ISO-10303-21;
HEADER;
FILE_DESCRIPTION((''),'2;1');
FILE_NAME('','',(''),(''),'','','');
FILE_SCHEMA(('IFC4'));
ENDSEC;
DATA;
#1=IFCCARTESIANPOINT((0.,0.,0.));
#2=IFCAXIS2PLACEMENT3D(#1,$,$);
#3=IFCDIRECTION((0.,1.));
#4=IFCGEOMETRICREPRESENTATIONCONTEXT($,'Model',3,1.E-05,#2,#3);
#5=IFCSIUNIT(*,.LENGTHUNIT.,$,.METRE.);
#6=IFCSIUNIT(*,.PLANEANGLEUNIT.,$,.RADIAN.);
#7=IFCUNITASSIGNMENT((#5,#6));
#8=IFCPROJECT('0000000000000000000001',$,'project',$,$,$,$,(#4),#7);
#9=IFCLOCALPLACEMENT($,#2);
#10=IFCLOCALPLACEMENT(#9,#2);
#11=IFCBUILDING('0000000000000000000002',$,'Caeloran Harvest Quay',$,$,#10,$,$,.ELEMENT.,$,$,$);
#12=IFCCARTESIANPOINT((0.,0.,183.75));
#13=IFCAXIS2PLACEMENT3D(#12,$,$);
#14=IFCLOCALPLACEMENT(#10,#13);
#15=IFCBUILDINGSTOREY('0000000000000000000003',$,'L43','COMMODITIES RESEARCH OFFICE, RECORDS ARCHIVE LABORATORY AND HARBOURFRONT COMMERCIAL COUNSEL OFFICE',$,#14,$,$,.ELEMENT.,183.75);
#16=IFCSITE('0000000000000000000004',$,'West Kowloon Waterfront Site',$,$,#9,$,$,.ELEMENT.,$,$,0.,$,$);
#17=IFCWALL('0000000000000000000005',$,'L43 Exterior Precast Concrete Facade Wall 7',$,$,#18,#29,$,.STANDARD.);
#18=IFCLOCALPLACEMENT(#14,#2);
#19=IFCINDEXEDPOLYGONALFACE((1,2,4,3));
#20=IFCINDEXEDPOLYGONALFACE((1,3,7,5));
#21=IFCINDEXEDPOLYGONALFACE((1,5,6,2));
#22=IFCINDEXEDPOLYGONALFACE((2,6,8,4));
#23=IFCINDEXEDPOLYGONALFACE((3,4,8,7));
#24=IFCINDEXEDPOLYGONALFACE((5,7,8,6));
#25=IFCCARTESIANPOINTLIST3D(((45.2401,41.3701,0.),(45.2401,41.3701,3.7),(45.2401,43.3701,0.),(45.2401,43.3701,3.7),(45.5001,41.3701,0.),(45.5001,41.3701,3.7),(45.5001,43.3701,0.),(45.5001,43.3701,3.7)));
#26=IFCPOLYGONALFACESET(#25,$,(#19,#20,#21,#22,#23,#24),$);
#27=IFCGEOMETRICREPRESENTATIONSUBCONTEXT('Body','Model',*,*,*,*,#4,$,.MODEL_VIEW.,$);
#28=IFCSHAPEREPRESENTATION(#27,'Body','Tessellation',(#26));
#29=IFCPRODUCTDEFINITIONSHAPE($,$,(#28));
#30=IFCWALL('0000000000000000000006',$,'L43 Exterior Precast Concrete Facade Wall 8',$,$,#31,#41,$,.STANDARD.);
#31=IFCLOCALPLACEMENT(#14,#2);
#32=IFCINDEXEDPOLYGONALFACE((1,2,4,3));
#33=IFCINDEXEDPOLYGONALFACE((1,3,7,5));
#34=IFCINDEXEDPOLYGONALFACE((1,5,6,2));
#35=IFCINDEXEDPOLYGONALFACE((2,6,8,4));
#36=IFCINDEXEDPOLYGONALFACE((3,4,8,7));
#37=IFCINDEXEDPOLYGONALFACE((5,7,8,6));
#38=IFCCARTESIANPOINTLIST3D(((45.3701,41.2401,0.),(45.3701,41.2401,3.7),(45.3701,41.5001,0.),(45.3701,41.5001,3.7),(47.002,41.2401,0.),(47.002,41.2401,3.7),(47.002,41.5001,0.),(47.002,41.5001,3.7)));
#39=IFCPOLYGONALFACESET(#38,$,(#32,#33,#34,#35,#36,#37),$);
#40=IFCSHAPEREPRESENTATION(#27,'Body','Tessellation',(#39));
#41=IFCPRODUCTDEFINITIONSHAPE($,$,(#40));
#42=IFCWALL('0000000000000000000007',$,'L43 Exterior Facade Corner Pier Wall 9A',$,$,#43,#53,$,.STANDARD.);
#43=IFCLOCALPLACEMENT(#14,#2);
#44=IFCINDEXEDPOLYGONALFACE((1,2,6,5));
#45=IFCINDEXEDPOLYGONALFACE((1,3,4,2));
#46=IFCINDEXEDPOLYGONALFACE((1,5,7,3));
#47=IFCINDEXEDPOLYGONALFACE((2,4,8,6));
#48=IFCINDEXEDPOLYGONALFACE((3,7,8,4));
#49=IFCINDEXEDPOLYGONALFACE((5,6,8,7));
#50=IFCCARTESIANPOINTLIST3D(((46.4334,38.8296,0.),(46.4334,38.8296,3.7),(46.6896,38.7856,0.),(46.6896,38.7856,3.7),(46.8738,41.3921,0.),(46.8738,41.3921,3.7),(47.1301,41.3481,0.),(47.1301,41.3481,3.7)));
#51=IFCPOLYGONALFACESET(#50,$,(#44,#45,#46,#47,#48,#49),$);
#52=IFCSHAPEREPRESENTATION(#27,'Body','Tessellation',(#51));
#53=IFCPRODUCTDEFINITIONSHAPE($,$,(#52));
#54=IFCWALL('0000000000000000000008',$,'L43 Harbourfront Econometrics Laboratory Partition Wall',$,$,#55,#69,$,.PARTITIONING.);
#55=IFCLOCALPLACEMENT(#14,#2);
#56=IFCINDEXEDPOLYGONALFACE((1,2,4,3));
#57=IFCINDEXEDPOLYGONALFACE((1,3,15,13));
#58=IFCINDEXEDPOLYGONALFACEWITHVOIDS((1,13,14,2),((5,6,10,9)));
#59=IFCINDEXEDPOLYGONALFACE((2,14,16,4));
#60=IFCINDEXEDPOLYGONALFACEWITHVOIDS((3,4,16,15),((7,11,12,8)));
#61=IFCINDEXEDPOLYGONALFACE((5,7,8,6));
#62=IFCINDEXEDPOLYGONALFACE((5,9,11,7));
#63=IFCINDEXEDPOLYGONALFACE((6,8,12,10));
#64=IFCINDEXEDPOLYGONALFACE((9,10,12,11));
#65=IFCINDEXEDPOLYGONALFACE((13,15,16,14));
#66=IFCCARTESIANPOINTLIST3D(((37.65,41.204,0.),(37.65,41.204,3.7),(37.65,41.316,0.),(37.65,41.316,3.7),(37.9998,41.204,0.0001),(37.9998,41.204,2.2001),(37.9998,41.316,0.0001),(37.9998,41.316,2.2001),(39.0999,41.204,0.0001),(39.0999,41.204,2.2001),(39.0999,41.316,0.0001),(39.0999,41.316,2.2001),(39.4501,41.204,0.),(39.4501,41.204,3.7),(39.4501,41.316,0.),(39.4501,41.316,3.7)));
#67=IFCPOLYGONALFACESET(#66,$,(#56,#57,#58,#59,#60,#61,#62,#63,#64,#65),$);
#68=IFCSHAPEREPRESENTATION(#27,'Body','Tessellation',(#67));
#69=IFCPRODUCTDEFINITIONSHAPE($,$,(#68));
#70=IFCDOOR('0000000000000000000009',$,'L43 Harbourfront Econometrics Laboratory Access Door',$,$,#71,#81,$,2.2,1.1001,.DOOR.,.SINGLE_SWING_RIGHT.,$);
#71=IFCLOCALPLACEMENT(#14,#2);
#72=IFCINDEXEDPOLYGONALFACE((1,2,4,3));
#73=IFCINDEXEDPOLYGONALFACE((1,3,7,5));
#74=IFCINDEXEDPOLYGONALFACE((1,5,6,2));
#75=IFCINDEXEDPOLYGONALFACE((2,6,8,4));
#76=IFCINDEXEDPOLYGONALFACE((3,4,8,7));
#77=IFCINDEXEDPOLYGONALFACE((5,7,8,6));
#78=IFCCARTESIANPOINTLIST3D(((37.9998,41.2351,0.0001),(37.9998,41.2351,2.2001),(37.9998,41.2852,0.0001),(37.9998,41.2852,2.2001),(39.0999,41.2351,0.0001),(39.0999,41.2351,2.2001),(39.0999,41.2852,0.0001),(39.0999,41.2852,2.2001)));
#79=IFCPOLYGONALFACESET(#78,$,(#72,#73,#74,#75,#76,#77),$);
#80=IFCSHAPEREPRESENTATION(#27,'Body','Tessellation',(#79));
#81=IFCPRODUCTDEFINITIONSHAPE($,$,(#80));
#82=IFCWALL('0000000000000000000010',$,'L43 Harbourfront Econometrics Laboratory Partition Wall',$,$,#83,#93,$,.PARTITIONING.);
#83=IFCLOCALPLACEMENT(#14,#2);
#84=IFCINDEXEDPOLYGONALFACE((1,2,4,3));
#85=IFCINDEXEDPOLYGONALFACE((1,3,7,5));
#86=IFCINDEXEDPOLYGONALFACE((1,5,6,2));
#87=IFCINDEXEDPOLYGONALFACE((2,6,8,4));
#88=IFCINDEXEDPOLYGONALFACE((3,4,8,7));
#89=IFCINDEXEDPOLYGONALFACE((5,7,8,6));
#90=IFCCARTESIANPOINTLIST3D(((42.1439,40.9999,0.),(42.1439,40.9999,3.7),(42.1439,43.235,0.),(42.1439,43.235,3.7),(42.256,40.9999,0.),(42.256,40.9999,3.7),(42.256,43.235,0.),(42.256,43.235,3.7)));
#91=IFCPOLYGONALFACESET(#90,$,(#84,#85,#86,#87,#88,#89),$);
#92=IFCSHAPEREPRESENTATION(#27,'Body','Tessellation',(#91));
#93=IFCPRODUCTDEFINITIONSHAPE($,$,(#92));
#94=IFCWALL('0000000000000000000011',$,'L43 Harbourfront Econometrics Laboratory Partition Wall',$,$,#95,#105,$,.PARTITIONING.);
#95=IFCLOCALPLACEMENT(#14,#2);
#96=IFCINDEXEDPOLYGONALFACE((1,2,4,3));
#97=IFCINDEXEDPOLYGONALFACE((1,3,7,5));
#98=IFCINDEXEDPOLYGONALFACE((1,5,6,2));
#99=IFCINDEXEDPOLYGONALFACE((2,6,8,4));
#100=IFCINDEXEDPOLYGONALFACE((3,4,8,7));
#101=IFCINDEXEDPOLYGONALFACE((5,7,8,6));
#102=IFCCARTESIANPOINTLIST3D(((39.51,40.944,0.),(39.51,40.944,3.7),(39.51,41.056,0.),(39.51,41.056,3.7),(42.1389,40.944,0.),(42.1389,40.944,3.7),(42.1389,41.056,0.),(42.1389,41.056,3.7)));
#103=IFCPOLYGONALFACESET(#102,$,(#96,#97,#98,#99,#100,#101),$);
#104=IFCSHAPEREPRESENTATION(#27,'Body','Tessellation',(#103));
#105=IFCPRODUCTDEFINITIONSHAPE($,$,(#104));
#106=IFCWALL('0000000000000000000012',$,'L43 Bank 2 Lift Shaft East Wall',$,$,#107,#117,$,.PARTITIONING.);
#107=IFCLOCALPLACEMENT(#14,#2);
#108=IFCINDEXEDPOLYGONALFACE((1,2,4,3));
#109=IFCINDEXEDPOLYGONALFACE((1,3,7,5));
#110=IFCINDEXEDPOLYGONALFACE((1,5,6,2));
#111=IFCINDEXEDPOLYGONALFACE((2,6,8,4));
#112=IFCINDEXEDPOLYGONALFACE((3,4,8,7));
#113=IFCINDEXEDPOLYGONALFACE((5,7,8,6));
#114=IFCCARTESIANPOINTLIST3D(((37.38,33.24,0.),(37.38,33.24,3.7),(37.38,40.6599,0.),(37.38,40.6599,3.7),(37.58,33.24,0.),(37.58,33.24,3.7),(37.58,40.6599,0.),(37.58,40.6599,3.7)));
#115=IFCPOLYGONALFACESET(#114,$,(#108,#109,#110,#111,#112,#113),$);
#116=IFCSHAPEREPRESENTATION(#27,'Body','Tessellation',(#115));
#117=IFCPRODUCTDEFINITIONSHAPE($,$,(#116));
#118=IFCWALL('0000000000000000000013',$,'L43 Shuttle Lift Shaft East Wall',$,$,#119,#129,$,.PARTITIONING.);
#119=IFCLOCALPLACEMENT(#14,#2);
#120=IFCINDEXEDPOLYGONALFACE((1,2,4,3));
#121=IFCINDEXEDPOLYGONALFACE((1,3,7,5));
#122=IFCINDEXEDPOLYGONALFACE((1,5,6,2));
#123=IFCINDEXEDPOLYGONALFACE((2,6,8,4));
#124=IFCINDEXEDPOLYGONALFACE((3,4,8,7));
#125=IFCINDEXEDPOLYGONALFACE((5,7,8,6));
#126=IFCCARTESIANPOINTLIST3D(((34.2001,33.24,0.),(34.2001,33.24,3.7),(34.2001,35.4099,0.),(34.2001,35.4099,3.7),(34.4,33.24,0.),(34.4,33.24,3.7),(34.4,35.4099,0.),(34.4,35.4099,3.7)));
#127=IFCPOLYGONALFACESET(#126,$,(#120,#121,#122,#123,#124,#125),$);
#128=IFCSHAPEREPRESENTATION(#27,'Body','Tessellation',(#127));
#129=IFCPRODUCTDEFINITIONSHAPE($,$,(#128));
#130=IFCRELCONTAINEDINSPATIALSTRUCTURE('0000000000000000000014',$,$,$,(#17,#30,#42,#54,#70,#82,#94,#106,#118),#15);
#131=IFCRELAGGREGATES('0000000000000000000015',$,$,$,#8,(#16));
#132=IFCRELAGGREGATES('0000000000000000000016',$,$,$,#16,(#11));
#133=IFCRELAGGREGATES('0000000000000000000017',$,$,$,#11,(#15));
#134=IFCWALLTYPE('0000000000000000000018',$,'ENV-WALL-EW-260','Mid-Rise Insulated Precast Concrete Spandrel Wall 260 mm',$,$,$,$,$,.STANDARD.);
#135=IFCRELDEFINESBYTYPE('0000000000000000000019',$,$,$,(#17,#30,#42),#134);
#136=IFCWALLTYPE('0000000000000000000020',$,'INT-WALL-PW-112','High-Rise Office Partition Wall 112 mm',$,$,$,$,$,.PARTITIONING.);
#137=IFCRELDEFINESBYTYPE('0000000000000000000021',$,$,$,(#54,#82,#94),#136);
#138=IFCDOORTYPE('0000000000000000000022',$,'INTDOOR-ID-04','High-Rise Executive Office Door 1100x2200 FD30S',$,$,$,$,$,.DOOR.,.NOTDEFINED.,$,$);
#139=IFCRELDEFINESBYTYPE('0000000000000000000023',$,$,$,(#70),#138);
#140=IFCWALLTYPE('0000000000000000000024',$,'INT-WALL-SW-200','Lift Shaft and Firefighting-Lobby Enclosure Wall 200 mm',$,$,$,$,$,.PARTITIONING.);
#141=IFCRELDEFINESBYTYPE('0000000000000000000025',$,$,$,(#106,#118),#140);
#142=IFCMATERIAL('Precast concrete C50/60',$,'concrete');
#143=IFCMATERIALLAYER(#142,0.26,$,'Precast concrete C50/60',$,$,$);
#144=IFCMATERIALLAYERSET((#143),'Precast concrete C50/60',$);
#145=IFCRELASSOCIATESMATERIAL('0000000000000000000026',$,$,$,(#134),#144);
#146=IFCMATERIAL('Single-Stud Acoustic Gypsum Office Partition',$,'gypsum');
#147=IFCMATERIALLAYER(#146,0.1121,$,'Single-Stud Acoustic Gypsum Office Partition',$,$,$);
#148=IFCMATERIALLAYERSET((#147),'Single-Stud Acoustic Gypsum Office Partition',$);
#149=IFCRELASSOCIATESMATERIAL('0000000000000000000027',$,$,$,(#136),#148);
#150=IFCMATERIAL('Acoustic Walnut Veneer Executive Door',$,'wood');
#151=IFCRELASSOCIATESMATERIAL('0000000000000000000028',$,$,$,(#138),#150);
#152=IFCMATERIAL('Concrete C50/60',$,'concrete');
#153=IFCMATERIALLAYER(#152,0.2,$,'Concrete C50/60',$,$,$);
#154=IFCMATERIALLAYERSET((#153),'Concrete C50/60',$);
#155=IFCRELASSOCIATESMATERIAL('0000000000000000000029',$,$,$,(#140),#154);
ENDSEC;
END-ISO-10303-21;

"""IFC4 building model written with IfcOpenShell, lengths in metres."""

from ifc_helpers import new_model, si_unit, direction, frame, frame_2d, origin, place, context, subcontext, project, spatial, rectangle, extrude, material, layer, layer_set, type_object, element, fill, save


model = new_model("IFC4")

# Units and contexts
model_context = context("Model", 3, precision=1e-05, world=origin(), true_north=direction((0.0, 1.0)))
body_context = subcontext(model_context, "Body", "Model", "MODEL_VIEW")
ifc_project = project(units=[si_unit("LENGTHUNIT", "METRE"), si_unit("PLANEANGLEUNIT", "RADIAN")], contexts=[model_context])

# Site, building, storey
site_placement = place(None, origin())
site = spatial("IfcSite", under=ifc_project, at=site_placement, Name="West Kowloon Waterfront Site", CompositionType="ELEMENT", RefElevation=0.0)
building_placement = place(site_placement, origin())
building = spatial("IfcBuilding", under=site, at=building_placement, Name="Caeloran Harvest Quay", CompositionType="ELEMENT")
storey_placement = place(building_placement, frame((0.0, 0.0, 183.75)))
storey = spatial("IfcBuildingStorey", under=building, at=storey_placement, Name="L43", Description="COMMODITIES RESEARCH OFFICE, RECORDS ARCHIVE LABORATORY AND HARBOURFRONT COMMERCIAL COUNSEL OFFICE", CompositionType="ELEMENT", Elevation=183.75)

# Walls
ifc_material_1 = material(Name="Precast concrete C50/60", Category="concrete")
ifc_layer_1 = layer(ifc_material_1, 0.26, Name="Precast concrete C50/60")
ifc_layer_set_1 = layer_set([ifc_layer_1], Name="Precast concrete C50/60")
wall_type_1 = type_object("IfcWallType", Name="ENV-WALL-EW-260", Description="Mid-Rise Insulated Precast Concrete Spandrel Wall 260 mm", PredefinedType="STANDARD", material=ifc_layer_set_1)
wall_1_placement = place(storey_placement, frame((45.3701, 43.3701, 0.0), z_axis=(0.0, 0.0, 1.0), x_axis=(0.0, -1.0, 0.0)))
element("IfcWall", 1, at=wall_1_placement, inside=storey, type_object=wall_type_1, Name="L43 Exterior Precast Concrete Facade Wall 7", PredefinedType="STANDARD", context=body_context, shape_type="SweptSolid", body=[
    extrude(rectangle(XDim=2.0, YDim=0.26, at=frame_2d((1.0, 0.0))), origin(), (0.0, 0.0, 1.0), 3.7),
])
wall_2_placement = place(storey_placement, frame((45.3701, 41.3701, 0.0), z_axis=(0.0, 0.0, 1.0), x_axis=(1.0, 0.0, 0.0)))
element("IfcWall", 2, at=wall_2_placement, inside=storey, type_object=wall_type_1, Name="L43 Exterior Precast Concrete Facade Wall 8", PredefinedType="STANDARD", context=body_context, shape_type="SweptSolid", body=[
    extrude(rectangle(XDim=1.6318, YDim=0.26, at=frame_2d((0.8159, 0.0))), origin(), (0.0, 0.0, 1.0), 3.7),
])
wall_3_placement = place(storey_placement, frame((47.002, 41.3701, 0.0), z_axis=(0.0, 0.0, 1.0), x_axis=(-0.169391, -0.985549, 0.0)))
element("IfcWall", 3, at=wall_3_placement, inside=storey, type_object=wall_type_1, Name="L43 Exterior Facade Corner Pier Wall 9A", PredefinedType="STANDARD", context=body_context, shape_type="SweptSolid", body=[
    extrude(rectangle(XDim=2.6001, YDim=0.26, at=frame_2d((1.3, 0.0))), origin(), (0.0, 0.0, 1.0), 3.7),
])

# Wall, opening, door
ifc_material_2 = material(Name="Single-Stud Acoustic Gypsum Office Partition", Category="gypsum")
ifc_layer_2 = layer(ifc_material_2, 0.1121, Name="Single-Stud Acoustic Gypsum Office Partition")
ifc_layer_set_2 = layer_set([ifc_layer_2], Name="Single-Stud Acoustic Gypsum Office Partition")
wall_type_2 = type_object("IfcWallType", Name="INT-WALL-PW-112", Description="High-Rise Office Partition Wall 112 mm", PredefinedType="PARTITIONING", material=ifc_layer_set_2)
wall_4_placement = place(storey_placement, frame((39.45, 41.26, 0.0), z_axis=(0.0, 0.0, 1.0), x_axis=(-1.0, 0.0, 0.0)))
wall_4 = element("IfcWall", 4, at=wall_4_placement, inside=storey, type_object=wall_type_2, Name="L43 Harbourfront Econometrics Laboratory Partition Wall", PredefinedType="PARTITIONING", context=body_context, shape_type="SweptSolid", body=[
    extrude(rectangle(XDim=1.8, YDim=0.1121, at=frame_2d((0.8999, 0.0))), origin(), (0.0, 0.0, 1.0), 3.7),
])
opening_placement = place(wall_4_placement, frame((0.3501, 0.0, 0.0)))
opening = element("IfcOpeningElement", 5, at=opening_placement, cuts=wall_4, PredefinedType="OPENING", context=body_context, shape_type="SweptSolid", body=[
    extrude(rectangle(XDim=1.1001, YDim=2.2, at=frame_2d((0.55, 1.1001))), frame((0.0, 0.0659, 0.0), z_axis=(0.0, -1.0, 0.0), x_axis=(1.0, 0.0, 0.0)), (0.0, 0.0, 1.0), 0.1321),
])
ifc_material_3 = material(Name="Acoustic Walnut Veneer Executive Door", Category="wood")
door_type = type_object("IfcDoorType", Name="INTDOOR-ID-04", Description="High-Rise Executive Office Door 1100x2200 FD30S", OperationType="NOTDEFINED", PredefinedType="DOOR", material=ifc_material_3)
door_placement = place(opening_placement, origin())
door = element("IfcDoor", 6, at=door_placement, inside=storey, type_object=door_type, Name="L43 Harbourfront Econometrics Laboratory Access Door", OperationType="SINGLE_SWING_RIGHT", OverallHeight=2.2, OverallWidth=1.1001, PredefinedType="DOOR", context=body_context, shape_type="SweptSolid", body=[
    extrude(rectangle(XDim=1.1001, YDim=2.2, at=frame_2d((0.55, 1.1001))), frame((0.0, 0.0249, 0.0), z_axis=(0.0, -1.0, 0.0), x_axis=(1.0, 0.0, 0.0)), (0.0, 0.0, 1.0), 0.05),
])
fill(opening, door)

# Walls
wall_5_placement = place(storey_placement, frame((42.2, 43.2351, 0.0), z_axis=(0.0, 0.0, 1.0), x_axis=(0.0, -1.0, 0.0)))
element("IfcWall", 7, at=wall_5_placement, inside=storey, type_object=wall_type_2, Name="L43 Harbourfront Econometrics Laboratory Partition Wall", PredefinedType="PARTITIONING", context=body_context, shape_type="SweptSolid", body=[
    extrude(rectangle(XDim=2.2351, YDim=0.1121, at=frame_2d((1.1177, 0.0))), origin(), (0.0, 0.0, 1.0), 3.7),
])
wall_6_placement = place(storey_placement, frame((42.1389, 41.0, 0.0), z_axis=(0.0, 0.0, 1.0), x_axis=(-1.0, 0.0, 0.0)))
element("IfcWall", 8, at=wall_6_placement, inside=storey, type_object=wall_type_2, Name="L43 Harbourfront Econometrics Laboratory Partition Wall", PredefinedType="PARTITIONING", context=body_context, shape_type="SweptSolid", body=[
    extrude(rectangle(XDim=2.6289, YDim=0.1121, at=frame_2d((1.3145, 0.0))), origin(), (0.0, 0.0, 1.0), 3.7),
])
ifc_material_4 = material(Name="Concrete C50/60", Category="concrete")
ifc_layer_3 = layer(ifc_material_4, 0.2, Name="Concrete C50/60")
ifc_layer_set_3 = layer_set([ifc_layer_3], Name="Concrete C50/60")
wall_type_3 = type_object("IfcWallType", Name="INT-WALL-SW-200", Description="Lift Shaft and Firefighting-Lobby Enclosure Wall 200 mm", PredefinedType="PARTITIONING", material=ifc_layer_set_3)
wall_7_placement = place(storey_placement, frame((37.48, 33.24, 0.0), z_axis=(0.0, 0.0, 1.0), x_axis=(0.0, 1.0, 0.0)))
element("IfcWall", 9, at=wall_7_placement, inside=storey, type_object=wall_type_3, Name="L43 Bank 2 Lift Shaft East Wall", PredefinedType="PARTITIONING", context=body_context, shape_type="SweptSolid", body=[
    extrude(rectangle(XDim=7.4199, YDim=0.2, at=frame_2d((3.71, 0.0))), origin(), (0.0, 0.0, 1.0), 3.7),
])
wall_8_placement = place(storey_placement, frame((34.3, 33.24, 0.0), z_axis=(0.0, 0.0, 1.0), x_axis=(0.0, 1.0, 0.0)))
element("IfcWall", 10, at=wall_8_placement, inside=storey, type_object=wall_type_3, Name="L43 Shuttle Lift Shaft East Wall", PredefinedType="PARTITIONING", context=body_context, shape_type="SweptSolid", body=[
    extrude(rectangle(XDim=2.1699, YDim=0.2, at=frame_2d((1.085, 0.0))), origin(), (0.0, 0.0, 1.0), 3.7),
])

save(model, "model.ifc")
